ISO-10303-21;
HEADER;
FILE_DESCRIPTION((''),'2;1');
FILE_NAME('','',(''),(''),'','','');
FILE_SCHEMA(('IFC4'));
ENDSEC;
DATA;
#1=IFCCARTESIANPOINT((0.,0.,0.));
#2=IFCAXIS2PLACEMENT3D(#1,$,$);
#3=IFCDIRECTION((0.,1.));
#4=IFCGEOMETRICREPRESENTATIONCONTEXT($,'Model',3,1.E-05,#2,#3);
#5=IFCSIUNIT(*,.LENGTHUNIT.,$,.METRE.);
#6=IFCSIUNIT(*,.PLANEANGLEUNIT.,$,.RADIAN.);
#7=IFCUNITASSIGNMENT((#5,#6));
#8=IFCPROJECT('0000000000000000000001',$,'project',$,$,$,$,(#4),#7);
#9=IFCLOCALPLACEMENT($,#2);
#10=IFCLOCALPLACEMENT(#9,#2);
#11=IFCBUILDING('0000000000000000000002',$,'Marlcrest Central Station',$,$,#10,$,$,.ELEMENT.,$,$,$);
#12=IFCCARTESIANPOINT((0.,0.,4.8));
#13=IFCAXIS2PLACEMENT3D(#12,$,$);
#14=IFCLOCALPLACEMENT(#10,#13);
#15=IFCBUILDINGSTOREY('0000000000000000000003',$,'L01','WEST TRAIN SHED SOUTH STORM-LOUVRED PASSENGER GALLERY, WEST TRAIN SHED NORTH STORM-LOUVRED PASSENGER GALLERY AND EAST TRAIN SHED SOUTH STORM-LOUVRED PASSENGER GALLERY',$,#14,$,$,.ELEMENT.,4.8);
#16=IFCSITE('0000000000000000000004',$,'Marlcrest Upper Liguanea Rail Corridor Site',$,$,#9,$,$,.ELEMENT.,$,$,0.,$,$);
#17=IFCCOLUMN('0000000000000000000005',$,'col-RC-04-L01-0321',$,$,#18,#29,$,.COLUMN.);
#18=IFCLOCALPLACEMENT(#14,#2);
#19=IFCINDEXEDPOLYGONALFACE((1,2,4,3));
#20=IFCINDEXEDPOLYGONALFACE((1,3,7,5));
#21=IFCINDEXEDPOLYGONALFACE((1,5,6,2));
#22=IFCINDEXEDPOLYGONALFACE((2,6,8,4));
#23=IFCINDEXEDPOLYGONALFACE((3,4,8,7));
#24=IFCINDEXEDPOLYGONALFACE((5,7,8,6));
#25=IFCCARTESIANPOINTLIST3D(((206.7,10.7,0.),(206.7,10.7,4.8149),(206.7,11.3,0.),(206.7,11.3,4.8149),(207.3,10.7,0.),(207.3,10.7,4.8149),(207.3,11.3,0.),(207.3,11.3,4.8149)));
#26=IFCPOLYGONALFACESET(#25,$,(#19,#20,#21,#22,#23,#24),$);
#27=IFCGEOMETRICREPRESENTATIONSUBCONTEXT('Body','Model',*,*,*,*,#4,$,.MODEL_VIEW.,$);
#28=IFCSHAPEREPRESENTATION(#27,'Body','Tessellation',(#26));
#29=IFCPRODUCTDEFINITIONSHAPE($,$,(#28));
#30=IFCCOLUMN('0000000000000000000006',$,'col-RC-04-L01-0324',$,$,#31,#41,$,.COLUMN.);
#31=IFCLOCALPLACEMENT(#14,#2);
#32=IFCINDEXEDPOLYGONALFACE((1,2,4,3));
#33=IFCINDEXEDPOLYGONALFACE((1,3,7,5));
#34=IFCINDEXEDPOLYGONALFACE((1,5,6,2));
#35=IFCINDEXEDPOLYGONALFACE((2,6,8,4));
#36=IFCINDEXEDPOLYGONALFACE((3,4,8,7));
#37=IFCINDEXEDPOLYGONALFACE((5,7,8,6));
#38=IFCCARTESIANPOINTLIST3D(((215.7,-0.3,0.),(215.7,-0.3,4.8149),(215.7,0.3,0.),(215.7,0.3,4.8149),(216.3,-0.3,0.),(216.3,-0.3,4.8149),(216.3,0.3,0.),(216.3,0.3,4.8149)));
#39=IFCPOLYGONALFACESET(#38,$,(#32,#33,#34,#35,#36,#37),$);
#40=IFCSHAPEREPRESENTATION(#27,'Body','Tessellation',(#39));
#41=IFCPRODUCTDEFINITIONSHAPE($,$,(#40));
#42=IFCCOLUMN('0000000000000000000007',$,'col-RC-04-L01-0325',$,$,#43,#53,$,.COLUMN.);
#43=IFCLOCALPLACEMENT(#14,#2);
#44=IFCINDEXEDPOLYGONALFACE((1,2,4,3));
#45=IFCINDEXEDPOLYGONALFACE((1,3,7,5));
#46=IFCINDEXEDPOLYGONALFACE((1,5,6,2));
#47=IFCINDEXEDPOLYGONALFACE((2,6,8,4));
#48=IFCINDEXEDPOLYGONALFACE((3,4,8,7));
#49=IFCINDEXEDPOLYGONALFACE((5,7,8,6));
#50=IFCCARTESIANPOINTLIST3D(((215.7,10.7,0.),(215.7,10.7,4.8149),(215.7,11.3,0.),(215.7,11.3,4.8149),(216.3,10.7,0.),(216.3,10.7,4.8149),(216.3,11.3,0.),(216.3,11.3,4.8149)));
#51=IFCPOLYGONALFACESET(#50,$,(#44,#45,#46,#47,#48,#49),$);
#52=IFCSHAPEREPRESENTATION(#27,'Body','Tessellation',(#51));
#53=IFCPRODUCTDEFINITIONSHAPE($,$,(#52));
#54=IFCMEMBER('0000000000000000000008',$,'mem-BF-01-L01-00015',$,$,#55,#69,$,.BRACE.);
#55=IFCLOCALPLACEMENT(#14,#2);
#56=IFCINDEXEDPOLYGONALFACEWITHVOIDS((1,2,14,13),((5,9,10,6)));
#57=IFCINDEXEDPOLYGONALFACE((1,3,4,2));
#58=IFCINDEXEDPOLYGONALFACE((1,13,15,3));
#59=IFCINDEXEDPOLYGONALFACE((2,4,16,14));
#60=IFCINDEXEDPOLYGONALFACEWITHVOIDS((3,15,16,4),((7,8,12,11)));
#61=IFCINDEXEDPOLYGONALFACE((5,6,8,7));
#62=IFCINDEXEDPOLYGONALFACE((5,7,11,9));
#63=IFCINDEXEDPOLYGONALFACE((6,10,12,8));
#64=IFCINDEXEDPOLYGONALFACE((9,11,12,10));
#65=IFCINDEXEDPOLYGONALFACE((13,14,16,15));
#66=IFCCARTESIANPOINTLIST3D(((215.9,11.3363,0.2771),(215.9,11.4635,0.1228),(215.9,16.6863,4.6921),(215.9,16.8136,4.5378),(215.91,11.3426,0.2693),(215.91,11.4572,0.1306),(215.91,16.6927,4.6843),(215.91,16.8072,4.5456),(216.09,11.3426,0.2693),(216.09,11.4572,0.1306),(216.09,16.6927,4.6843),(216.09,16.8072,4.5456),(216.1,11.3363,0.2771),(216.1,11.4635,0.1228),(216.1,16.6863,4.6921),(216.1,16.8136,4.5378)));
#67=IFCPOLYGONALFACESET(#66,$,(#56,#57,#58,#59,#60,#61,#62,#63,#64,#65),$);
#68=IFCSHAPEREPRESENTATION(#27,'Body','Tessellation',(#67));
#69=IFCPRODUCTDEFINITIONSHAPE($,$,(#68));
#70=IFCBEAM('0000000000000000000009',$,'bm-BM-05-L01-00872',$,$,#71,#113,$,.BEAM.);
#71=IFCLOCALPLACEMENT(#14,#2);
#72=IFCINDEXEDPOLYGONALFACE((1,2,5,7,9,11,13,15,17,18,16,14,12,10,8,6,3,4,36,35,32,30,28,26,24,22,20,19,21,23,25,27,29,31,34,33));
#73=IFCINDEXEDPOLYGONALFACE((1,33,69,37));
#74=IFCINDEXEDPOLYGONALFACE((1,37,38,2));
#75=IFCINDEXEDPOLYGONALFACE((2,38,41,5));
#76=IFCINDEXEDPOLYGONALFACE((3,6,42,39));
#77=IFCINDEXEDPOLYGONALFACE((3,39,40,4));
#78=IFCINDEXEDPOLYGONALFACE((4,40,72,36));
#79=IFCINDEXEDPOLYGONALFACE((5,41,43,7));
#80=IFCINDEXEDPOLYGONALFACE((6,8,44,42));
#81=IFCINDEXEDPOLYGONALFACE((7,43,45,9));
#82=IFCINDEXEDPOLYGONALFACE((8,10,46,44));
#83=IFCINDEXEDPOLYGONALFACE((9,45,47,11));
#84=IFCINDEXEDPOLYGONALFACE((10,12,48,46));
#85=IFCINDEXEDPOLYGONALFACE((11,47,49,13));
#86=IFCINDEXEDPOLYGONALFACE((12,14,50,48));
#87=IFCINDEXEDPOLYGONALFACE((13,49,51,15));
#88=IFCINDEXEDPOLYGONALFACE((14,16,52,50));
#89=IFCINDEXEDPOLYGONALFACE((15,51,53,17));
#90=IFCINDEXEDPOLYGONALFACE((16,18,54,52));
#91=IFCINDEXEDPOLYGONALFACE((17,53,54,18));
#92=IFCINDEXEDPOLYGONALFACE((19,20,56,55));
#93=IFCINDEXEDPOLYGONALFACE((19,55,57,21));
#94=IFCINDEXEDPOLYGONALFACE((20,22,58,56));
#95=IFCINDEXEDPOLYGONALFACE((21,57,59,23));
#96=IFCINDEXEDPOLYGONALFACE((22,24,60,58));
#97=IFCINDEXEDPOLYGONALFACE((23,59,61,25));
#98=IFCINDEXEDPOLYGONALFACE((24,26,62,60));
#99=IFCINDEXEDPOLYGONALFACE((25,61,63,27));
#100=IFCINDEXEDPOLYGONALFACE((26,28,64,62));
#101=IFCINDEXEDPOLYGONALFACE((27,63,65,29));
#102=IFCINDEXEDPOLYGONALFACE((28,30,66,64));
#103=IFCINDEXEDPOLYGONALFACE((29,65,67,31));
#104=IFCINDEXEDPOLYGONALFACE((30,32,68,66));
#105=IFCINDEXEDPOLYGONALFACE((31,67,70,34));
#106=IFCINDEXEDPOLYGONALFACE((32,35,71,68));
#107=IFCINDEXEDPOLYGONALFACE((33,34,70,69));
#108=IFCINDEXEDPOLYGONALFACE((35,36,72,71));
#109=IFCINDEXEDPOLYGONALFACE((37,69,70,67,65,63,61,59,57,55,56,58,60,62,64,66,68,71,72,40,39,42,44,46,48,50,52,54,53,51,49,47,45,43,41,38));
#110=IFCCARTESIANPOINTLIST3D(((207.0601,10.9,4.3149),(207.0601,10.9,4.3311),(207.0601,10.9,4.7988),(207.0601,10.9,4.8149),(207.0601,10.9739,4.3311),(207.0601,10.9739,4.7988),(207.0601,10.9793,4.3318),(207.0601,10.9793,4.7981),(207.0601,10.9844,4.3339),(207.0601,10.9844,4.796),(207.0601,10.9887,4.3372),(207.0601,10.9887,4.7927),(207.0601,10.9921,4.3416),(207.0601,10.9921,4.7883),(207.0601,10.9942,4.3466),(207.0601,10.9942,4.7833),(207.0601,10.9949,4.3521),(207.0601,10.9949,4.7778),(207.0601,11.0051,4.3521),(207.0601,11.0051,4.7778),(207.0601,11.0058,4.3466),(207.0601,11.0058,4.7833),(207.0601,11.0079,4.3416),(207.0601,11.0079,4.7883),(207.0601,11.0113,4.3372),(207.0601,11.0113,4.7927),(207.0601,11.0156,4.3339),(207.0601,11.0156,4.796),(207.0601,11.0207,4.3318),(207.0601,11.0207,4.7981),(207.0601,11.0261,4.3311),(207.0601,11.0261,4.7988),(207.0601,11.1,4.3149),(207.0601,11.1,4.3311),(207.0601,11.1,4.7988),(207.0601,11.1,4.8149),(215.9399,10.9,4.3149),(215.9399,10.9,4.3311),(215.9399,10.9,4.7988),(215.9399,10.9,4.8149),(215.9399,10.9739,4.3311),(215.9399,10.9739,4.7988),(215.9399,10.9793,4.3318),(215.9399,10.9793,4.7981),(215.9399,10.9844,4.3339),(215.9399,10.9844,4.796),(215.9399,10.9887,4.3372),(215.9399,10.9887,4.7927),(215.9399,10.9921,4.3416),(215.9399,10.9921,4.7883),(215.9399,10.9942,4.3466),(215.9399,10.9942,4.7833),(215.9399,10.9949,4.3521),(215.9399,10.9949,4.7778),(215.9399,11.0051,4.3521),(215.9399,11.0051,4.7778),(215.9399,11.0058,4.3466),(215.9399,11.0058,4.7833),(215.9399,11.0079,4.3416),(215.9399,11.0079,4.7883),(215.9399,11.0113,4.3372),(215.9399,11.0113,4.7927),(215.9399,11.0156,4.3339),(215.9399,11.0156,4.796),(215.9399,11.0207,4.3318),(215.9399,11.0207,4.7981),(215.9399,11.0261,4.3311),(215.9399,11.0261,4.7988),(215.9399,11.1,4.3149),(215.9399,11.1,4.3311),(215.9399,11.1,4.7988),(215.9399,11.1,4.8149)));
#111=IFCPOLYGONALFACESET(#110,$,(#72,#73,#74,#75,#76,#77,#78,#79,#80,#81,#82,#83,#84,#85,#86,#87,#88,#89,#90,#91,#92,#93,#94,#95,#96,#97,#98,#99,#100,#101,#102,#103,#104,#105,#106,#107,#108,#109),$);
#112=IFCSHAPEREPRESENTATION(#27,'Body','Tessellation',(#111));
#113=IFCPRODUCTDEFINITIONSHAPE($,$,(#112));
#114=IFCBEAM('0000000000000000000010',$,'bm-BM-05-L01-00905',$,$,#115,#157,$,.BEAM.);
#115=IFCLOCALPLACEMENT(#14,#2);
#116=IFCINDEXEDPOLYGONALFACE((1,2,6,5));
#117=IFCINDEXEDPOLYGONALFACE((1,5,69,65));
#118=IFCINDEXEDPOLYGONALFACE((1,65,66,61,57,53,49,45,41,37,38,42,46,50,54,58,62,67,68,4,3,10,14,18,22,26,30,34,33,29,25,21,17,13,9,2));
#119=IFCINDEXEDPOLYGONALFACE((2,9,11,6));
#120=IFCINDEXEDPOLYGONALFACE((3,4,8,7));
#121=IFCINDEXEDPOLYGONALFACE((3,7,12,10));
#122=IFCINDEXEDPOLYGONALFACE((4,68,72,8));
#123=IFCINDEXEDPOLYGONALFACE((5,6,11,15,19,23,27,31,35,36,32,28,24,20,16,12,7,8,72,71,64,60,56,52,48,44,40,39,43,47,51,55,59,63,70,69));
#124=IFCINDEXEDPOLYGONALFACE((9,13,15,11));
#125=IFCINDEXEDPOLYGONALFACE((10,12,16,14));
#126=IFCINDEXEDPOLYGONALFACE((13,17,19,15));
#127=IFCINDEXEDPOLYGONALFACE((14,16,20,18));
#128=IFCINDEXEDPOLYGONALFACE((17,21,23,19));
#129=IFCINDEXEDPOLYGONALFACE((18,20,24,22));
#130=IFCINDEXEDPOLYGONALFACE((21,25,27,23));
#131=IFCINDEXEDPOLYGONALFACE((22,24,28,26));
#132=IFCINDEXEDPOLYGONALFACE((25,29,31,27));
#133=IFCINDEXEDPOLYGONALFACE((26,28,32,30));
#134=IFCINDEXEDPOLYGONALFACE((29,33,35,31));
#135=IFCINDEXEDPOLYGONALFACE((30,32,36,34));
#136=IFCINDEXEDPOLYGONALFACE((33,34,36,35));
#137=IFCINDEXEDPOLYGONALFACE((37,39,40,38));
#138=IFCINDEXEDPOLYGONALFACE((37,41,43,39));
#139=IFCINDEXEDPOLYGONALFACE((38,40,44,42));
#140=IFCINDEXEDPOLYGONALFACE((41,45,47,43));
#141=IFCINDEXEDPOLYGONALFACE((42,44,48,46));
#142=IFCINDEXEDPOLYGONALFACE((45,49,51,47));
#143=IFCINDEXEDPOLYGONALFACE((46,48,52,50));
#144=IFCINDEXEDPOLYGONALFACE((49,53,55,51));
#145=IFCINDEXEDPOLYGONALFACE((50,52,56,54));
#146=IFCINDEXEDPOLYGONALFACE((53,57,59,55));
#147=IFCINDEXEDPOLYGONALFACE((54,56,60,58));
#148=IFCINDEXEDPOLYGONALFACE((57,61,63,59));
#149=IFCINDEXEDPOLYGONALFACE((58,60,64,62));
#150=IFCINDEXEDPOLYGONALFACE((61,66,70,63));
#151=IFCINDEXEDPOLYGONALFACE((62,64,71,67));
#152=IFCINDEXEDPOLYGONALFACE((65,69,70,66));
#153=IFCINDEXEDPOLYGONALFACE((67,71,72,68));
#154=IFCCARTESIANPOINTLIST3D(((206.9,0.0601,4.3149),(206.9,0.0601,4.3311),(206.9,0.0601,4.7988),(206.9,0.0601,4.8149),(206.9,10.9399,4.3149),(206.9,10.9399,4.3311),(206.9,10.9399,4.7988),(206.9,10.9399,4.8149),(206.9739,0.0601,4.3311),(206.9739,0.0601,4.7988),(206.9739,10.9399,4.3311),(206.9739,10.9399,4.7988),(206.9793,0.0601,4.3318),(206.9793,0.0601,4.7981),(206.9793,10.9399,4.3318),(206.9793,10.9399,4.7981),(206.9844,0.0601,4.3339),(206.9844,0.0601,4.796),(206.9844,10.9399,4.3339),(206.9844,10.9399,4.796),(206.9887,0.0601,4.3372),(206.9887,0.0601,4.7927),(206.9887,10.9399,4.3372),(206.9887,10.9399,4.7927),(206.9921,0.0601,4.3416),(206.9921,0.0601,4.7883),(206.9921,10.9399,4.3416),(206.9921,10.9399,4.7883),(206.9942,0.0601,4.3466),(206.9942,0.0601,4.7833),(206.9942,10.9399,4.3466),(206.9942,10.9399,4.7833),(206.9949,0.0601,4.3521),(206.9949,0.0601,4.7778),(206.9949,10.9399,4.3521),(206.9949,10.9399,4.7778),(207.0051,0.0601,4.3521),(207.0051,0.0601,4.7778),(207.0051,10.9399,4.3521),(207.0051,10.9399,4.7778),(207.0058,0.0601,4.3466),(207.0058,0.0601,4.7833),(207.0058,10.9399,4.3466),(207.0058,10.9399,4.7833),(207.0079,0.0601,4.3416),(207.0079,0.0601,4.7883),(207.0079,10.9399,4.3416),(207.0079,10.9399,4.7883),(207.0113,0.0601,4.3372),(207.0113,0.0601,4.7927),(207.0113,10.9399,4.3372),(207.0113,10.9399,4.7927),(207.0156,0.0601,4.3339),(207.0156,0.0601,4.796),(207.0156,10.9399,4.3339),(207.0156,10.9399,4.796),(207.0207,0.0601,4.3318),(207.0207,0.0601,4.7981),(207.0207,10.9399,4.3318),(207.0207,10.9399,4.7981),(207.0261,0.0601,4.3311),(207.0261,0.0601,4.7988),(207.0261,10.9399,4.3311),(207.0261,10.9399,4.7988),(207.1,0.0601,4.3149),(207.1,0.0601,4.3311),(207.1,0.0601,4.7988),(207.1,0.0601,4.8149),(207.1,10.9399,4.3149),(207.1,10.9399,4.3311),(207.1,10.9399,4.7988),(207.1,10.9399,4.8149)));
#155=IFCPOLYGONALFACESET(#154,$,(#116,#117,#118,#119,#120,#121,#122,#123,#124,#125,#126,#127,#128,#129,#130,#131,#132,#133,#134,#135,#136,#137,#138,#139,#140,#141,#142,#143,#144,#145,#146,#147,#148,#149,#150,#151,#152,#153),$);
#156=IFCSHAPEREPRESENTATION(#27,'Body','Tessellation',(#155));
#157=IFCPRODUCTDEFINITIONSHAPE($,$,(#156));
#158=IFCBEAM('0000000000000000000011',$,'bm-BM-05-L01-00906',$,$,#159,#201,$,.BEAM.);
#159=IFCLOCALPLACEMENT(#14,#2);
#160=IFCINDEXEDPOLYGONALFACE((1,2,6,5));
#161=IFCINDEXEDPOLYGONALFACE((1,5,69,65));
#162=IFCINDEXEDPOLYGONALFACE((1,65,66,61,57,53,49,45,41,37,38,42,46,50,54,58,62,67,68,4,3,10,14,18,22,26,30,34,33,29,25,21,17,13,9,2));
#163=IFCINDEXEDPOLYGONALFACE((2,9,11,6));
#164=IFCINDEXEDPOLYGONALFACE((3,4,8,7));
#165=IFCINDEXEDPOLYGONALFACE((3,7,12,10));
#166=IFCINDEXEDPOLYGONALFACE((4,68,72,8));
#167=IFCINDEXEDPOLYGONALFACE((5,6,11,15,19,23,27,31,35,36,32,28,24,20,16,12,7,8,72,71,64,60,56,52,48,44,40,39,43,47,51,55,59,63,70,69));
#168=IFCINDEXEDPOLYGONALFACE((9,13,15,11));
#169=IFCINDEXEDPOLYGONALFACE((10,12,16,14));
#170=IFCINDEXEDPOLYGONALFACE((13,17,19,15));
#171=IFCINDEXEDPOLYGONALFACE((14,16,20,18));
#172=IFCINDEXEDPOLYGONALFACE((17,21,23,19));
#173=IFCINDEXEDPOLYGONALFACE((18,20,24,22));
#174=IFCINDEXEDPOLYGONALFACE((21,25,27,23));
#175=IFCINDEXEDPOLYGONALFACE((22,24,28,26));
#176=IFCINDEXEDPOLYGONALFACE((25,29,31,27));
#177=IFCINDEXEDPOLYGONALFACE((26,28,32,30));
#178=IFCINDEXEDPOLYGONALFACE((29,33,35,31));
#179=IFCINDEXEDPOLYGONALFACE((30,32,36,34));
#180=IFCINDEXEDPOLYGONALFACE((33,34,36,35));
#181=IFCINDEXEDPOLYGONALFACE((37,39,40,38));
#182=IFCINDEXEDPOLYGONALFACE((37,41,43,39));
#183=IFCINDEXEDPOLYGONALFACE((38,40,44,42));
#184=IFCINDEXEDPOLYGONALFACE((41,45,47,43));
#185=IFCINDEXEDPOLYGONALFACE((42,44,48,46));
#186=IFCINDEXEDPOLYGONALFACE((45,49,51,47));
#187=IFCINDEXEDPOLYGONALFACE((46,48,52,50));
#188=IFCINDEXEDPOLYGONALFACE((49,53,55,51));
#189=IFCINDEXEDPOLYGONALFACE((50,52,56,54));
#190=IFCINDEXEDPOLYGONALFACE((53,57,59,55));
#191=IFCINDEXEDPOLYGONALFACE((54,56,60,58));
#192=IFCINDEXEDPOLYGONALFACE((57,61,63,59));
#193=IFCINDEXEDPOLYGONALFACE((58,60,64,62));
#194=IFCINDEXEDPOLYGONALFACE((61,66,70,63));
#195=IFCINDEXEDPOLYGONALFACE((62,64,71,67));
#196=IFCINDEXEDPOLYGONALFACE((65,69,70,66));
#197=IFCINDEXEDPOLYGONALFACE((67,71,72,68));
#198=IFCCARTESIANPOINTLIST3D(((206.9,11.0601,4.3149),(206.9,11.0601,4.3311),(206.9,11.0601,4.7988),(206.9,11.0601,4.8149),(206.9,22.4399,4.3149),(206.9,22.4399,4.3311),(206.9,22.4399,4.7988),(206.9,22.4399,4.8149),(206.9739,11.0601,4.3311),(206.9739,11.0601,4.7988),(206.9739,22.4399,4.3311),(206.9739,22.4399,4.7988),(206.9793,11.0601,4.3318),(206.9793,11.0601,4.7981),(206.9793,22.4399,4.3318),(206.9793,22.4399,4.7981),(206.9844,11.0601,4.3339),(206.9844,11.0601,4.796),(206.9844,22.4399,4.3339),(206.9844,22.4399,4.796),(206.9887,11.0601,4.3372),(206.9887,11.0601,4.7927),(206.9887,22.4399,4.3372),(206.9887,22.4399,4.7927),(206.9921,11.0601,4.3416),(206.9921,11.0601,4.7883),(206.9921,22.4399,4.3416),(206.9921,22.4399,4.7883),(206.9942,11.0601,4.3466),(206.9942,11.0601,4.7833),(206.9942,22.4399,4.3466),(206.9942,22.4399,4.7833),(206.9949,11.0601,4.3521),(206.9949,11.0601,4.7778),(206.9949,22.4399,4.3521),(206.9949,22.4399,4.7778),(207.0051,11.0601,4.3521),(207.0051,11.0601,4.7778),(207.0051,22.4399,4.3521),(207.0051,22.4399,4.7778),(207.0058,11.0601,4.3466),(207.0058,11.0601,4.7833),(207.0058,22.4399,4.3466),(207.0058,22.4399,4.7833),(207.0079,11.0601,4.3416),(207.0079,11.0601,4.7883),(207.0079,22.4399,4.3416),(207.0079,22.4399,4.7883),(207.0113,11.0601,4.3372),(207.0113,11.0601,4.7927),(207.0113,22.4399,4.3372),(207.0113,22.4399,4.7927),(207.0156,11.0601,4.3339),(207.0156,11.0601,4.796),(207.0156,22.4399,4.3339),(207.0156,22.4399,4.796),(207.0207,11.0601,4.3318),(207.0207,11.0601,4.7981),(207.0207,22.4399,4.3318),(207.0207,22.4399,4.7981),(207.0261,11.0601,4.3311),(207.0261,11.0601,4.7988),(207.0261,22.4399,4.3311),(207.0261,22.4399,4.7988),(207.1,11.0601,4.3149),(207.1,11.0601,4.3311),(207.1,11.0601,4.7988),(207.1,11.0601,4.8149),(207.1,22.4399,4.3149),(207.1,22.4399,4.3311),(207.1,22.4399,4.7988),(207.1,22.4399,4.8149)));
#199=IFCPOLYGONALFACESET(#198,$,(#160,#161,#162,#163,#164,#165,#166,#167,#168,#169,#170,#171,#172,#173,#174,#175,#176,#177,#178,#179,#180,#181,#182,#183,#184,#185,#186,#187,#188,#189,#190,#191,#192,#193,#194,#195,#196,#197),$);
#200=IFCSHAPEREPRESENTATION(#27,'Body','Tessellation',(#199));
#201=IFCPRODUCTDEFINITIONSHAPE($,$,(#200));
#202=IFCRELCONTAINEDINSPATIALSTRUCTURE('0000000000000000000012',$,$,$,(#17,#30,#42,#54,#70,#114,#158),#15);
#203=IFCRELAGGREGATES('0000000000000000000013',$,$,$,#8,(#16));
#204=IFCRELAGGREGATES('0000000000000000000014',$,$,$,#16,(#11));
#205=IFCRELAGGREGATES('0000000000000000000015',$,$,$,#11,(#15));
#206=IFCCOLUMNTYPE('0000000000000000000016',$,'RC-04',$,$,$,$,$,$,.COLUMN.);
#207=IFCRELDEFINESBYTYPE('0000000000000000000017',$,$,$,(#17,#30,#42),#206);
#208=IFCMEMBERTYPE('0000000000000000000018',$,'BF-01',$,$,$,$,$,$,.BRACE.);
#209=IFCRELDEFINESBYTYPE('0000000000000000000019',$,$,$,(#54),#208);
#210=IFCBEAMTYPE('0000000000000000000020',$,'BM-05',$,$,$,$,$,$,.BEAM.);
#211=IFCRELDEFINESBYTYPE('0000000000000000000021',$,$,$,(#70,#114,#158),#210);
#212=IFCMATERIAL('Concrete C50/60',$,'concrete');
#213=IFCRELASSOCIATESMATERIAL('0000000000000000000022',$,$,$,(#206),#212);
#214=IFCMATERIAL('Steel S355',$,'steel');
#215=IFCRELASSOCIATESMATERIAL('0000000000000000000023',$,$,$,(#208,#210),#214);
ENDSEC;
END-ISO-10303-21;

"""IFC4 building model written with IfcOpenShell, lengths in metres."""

from ifc_helpers import new_model, si_unit, direction, frame, origin, origin_2d, place, context, subcontext, project, spatial, rectangle, hollow_rectangle, i_section, extrude, material, material_profile, profile_set, type_object, element, save


model = new_model("IFC4")

# Units and contexts
model_context = context("Model", 3, precision=1e-05, world=origin(), true_north=direction((0.0, 1.0)))
body_context = subcontext(model_context, "Body", "Model", "MODEL_VIEW")
ifc_project = project(units=[si_unit("LENGTHUNIT", "METRE"), si_unit("PLANEANGLEUNIT", "RADIAN")], contexts=[model_context])

# Site, building, storey
site_placement = place(None, origin())
site = spatial("IfcSite", under=ifc_project, at=site_placement, Name="Marlcrest Upper Liguanea Rail Corridor Site", CompositionType="ELEMENT", RefElevation=0.0)
building_placement = place(site_placement, origin())
building = spatial("IfcBuilding", under=site, at=building_placement, Name="Marlcrest Central Station", CompositionType="ELEMENT")
storey_placement = place(building_placement, frame((0.0, 0.0, 4.8)))
storey = spatial("IfcBuildingStorey", under=building, at=storey_placement, Name="L01", Description="WEST TRAIN SHED SOUTH STORM-LOUVRED PASSENGER GALLERY, WEST TRAIN SHED NORTH STORM-LOUVRED PASSENGER GALLERY AND EAST TRAIN SHED SOUTH STORM-LOUVRED PASSENGER GALLERY", CompositionType="ELEMENT", Elevation=4.8)

# Columns
ifc_material_1 = material(Name="Concrete C50/60", Category="concrete")
ifc_material_profile_1 = material_profile(ifc_material_1, rectangle(XDim=0.6001, YDim=0.6001, at=origin_2d()), Name="RC 600x600")
ifc_profile_set_1 = profile_set([ifc_material_profile_1], Name="Concrete C50/60")
column_type = type_object("IfcColumnType", Name="RC-04", PredefinedType="COLUMN", material=ifc_profile_set_1)
for number, where, z_axis, x_axis, name in (
    (1, (207.0, 11.0, 0.0), (0.0, 0.0, 1.0), (1.0, 0.0, 0.0), "col-RC-04-L01-0321"),
    (2, (216.0, 0.0, 0.0), (0.0, 0.0, 1.0), (1.0, 0.0, 0.0), "col-RC-04-L01-0324"),
    (3, (216.0, 11.0, 0.0), (0.0, 0.0, 1.0), (1.0, 0.0, 0.0), "col-RC-04-L01-0325"),
):
    element("IfcColumn", number, at=place(storey_placement, frame(where, z_axis=z_axis, x_axis=x_axis)), inside=storey, type_object=column_type, Name=name, PredefinedType="COLUMN", context=body_context, shape_type="SweptSolid", body=[
        extrude(rectangle(XDim=0.6001, YDim=0.6001, at=origin_2d()), origin(), (0.0, 0.0, 1.0), 4.8149),
    ])

# Member
ifc_material_2 = material(Name="Steel S355", Category="steel")
ifc_material_profile_2 = material_profile(ifc_material_2, hollow_rectangle(XDim=0.2, YDim=0.2, WallThickness=0.01, at=origin_2d()), Name="SHS 200x200x10")
ifc_profile_set_2 = profile_set([ifc_material_profile_2], Name="Steel S355")
member_type_1 = type_object("IfcMemberType", Name="BF-01", PredefinedType="BRACE", material=ifc_profile_set_2)
member_1_placement = place(storey_placement, frame((216.0, 11.3999, 0.2), z_axis=(0.0, 0.771288, 0.636487), x_axis=(-1.0, 0.0, 0.0)))
element("IfcMember", 4, at=member_1_placement, inside=storey, type_object=member_type_1, Name="mem-BF-01-L01-00015", PredefinedType="BRACE", context=body_context, shape_type="SweptSolid", body=[
    extrude(hollow_rectangle(XDim=0.2, YDim=0.2, WallThickness=0.01, at=origin_2d()), origin(), (0.0, 0.0, 1.0), 6.9365),
])

# Beams
ifc_material_profile_3 = material_profile(ifc_material_2, i_section(OverallWidth=0.2, OverallDepth=0.5, WebThickness=0.0103, FlangeThickness=0.0161, FilletRadius=0.021, at=origin_2d()), Name="IPE 500")
ifc_profile_set_3 = profile_set([ifc_material_profile_3], Name="Steel S355")
beam_type_1 = type_object("IfcBeamType", Name="BM-05", PredefinedType="BEAM", material=ifc_profile_set_3)
beam_1_placement = place(storey_placement, frame((207.0601, 11.0, 4.5649), z_axis=(1.0, 0.0, 0.0), x_axis=(0.0, 1.0, 0.0)))
element("IfcBeam", 5, at=beam_1_placement, inside=storey, type_object=beam_type_1, Name="bm-BM-05-L01-00872", PredefinedType="BEAM", context=body_context, shape_type="SweptSolid", body=[
    extrude(i_section(OverallWidth=0.2, OverallDepth=0.5, WebThickness=0.0103, FlangeThickness=0.0161, FilletRadius=0.021, at=origin_2d()), origin(), (0.0, 0.0, 1.0), 8.8799),
])
beam_2_placement = place(storey_placement, frame((207.0, 0.0601, 4.5649), z_axis=(0.0, 1.0, 0.0), x_axis=(-1.0, 0.0, 0.0)))
element("IfcBeam", 6, at=beam_2_placement, inside=storey, type_object=beam_type_1, Name="bm-BM-05-L01-00905", PredefinedType="BEAM", context=body_context, shape_type="SweptSolid", body=[
    extrude(i_section(OverallWidth=0.2, OverallDepth=0.5, WebThickness=0.0103, FlangeThickness=0.0161, FilletRadius=0.021, at=origin_2d()), origin(), (0.0, 0.0, 1.0), 10.8799),
])
beam_3_placement = place(storey_placement, frame((207.0, 11.0601, 4.5649), z_axis=(0.0, 1.0, 0.0), x_axis=(-1.0, 0.0, 0.0)))
element("IfcBeam", 7, at=beam_3_placement, inside=storey, type_object=beam_type_1, Name="bm-BM-05-L01-00906", PredefinedType="BEAM", context=body_context, shape_type="SweptSolid", body=[
    extrude(i_section(OverallWidth=0.2, OverallDepth=0.5, WebThickness=0.0103, FlangeThickness=0.0161, FilletRadius=0.021, at=origin_2d()), origin(), (0.0, 0.0, 1.0), 11.3799),
])

save(model, "model.ifc")
